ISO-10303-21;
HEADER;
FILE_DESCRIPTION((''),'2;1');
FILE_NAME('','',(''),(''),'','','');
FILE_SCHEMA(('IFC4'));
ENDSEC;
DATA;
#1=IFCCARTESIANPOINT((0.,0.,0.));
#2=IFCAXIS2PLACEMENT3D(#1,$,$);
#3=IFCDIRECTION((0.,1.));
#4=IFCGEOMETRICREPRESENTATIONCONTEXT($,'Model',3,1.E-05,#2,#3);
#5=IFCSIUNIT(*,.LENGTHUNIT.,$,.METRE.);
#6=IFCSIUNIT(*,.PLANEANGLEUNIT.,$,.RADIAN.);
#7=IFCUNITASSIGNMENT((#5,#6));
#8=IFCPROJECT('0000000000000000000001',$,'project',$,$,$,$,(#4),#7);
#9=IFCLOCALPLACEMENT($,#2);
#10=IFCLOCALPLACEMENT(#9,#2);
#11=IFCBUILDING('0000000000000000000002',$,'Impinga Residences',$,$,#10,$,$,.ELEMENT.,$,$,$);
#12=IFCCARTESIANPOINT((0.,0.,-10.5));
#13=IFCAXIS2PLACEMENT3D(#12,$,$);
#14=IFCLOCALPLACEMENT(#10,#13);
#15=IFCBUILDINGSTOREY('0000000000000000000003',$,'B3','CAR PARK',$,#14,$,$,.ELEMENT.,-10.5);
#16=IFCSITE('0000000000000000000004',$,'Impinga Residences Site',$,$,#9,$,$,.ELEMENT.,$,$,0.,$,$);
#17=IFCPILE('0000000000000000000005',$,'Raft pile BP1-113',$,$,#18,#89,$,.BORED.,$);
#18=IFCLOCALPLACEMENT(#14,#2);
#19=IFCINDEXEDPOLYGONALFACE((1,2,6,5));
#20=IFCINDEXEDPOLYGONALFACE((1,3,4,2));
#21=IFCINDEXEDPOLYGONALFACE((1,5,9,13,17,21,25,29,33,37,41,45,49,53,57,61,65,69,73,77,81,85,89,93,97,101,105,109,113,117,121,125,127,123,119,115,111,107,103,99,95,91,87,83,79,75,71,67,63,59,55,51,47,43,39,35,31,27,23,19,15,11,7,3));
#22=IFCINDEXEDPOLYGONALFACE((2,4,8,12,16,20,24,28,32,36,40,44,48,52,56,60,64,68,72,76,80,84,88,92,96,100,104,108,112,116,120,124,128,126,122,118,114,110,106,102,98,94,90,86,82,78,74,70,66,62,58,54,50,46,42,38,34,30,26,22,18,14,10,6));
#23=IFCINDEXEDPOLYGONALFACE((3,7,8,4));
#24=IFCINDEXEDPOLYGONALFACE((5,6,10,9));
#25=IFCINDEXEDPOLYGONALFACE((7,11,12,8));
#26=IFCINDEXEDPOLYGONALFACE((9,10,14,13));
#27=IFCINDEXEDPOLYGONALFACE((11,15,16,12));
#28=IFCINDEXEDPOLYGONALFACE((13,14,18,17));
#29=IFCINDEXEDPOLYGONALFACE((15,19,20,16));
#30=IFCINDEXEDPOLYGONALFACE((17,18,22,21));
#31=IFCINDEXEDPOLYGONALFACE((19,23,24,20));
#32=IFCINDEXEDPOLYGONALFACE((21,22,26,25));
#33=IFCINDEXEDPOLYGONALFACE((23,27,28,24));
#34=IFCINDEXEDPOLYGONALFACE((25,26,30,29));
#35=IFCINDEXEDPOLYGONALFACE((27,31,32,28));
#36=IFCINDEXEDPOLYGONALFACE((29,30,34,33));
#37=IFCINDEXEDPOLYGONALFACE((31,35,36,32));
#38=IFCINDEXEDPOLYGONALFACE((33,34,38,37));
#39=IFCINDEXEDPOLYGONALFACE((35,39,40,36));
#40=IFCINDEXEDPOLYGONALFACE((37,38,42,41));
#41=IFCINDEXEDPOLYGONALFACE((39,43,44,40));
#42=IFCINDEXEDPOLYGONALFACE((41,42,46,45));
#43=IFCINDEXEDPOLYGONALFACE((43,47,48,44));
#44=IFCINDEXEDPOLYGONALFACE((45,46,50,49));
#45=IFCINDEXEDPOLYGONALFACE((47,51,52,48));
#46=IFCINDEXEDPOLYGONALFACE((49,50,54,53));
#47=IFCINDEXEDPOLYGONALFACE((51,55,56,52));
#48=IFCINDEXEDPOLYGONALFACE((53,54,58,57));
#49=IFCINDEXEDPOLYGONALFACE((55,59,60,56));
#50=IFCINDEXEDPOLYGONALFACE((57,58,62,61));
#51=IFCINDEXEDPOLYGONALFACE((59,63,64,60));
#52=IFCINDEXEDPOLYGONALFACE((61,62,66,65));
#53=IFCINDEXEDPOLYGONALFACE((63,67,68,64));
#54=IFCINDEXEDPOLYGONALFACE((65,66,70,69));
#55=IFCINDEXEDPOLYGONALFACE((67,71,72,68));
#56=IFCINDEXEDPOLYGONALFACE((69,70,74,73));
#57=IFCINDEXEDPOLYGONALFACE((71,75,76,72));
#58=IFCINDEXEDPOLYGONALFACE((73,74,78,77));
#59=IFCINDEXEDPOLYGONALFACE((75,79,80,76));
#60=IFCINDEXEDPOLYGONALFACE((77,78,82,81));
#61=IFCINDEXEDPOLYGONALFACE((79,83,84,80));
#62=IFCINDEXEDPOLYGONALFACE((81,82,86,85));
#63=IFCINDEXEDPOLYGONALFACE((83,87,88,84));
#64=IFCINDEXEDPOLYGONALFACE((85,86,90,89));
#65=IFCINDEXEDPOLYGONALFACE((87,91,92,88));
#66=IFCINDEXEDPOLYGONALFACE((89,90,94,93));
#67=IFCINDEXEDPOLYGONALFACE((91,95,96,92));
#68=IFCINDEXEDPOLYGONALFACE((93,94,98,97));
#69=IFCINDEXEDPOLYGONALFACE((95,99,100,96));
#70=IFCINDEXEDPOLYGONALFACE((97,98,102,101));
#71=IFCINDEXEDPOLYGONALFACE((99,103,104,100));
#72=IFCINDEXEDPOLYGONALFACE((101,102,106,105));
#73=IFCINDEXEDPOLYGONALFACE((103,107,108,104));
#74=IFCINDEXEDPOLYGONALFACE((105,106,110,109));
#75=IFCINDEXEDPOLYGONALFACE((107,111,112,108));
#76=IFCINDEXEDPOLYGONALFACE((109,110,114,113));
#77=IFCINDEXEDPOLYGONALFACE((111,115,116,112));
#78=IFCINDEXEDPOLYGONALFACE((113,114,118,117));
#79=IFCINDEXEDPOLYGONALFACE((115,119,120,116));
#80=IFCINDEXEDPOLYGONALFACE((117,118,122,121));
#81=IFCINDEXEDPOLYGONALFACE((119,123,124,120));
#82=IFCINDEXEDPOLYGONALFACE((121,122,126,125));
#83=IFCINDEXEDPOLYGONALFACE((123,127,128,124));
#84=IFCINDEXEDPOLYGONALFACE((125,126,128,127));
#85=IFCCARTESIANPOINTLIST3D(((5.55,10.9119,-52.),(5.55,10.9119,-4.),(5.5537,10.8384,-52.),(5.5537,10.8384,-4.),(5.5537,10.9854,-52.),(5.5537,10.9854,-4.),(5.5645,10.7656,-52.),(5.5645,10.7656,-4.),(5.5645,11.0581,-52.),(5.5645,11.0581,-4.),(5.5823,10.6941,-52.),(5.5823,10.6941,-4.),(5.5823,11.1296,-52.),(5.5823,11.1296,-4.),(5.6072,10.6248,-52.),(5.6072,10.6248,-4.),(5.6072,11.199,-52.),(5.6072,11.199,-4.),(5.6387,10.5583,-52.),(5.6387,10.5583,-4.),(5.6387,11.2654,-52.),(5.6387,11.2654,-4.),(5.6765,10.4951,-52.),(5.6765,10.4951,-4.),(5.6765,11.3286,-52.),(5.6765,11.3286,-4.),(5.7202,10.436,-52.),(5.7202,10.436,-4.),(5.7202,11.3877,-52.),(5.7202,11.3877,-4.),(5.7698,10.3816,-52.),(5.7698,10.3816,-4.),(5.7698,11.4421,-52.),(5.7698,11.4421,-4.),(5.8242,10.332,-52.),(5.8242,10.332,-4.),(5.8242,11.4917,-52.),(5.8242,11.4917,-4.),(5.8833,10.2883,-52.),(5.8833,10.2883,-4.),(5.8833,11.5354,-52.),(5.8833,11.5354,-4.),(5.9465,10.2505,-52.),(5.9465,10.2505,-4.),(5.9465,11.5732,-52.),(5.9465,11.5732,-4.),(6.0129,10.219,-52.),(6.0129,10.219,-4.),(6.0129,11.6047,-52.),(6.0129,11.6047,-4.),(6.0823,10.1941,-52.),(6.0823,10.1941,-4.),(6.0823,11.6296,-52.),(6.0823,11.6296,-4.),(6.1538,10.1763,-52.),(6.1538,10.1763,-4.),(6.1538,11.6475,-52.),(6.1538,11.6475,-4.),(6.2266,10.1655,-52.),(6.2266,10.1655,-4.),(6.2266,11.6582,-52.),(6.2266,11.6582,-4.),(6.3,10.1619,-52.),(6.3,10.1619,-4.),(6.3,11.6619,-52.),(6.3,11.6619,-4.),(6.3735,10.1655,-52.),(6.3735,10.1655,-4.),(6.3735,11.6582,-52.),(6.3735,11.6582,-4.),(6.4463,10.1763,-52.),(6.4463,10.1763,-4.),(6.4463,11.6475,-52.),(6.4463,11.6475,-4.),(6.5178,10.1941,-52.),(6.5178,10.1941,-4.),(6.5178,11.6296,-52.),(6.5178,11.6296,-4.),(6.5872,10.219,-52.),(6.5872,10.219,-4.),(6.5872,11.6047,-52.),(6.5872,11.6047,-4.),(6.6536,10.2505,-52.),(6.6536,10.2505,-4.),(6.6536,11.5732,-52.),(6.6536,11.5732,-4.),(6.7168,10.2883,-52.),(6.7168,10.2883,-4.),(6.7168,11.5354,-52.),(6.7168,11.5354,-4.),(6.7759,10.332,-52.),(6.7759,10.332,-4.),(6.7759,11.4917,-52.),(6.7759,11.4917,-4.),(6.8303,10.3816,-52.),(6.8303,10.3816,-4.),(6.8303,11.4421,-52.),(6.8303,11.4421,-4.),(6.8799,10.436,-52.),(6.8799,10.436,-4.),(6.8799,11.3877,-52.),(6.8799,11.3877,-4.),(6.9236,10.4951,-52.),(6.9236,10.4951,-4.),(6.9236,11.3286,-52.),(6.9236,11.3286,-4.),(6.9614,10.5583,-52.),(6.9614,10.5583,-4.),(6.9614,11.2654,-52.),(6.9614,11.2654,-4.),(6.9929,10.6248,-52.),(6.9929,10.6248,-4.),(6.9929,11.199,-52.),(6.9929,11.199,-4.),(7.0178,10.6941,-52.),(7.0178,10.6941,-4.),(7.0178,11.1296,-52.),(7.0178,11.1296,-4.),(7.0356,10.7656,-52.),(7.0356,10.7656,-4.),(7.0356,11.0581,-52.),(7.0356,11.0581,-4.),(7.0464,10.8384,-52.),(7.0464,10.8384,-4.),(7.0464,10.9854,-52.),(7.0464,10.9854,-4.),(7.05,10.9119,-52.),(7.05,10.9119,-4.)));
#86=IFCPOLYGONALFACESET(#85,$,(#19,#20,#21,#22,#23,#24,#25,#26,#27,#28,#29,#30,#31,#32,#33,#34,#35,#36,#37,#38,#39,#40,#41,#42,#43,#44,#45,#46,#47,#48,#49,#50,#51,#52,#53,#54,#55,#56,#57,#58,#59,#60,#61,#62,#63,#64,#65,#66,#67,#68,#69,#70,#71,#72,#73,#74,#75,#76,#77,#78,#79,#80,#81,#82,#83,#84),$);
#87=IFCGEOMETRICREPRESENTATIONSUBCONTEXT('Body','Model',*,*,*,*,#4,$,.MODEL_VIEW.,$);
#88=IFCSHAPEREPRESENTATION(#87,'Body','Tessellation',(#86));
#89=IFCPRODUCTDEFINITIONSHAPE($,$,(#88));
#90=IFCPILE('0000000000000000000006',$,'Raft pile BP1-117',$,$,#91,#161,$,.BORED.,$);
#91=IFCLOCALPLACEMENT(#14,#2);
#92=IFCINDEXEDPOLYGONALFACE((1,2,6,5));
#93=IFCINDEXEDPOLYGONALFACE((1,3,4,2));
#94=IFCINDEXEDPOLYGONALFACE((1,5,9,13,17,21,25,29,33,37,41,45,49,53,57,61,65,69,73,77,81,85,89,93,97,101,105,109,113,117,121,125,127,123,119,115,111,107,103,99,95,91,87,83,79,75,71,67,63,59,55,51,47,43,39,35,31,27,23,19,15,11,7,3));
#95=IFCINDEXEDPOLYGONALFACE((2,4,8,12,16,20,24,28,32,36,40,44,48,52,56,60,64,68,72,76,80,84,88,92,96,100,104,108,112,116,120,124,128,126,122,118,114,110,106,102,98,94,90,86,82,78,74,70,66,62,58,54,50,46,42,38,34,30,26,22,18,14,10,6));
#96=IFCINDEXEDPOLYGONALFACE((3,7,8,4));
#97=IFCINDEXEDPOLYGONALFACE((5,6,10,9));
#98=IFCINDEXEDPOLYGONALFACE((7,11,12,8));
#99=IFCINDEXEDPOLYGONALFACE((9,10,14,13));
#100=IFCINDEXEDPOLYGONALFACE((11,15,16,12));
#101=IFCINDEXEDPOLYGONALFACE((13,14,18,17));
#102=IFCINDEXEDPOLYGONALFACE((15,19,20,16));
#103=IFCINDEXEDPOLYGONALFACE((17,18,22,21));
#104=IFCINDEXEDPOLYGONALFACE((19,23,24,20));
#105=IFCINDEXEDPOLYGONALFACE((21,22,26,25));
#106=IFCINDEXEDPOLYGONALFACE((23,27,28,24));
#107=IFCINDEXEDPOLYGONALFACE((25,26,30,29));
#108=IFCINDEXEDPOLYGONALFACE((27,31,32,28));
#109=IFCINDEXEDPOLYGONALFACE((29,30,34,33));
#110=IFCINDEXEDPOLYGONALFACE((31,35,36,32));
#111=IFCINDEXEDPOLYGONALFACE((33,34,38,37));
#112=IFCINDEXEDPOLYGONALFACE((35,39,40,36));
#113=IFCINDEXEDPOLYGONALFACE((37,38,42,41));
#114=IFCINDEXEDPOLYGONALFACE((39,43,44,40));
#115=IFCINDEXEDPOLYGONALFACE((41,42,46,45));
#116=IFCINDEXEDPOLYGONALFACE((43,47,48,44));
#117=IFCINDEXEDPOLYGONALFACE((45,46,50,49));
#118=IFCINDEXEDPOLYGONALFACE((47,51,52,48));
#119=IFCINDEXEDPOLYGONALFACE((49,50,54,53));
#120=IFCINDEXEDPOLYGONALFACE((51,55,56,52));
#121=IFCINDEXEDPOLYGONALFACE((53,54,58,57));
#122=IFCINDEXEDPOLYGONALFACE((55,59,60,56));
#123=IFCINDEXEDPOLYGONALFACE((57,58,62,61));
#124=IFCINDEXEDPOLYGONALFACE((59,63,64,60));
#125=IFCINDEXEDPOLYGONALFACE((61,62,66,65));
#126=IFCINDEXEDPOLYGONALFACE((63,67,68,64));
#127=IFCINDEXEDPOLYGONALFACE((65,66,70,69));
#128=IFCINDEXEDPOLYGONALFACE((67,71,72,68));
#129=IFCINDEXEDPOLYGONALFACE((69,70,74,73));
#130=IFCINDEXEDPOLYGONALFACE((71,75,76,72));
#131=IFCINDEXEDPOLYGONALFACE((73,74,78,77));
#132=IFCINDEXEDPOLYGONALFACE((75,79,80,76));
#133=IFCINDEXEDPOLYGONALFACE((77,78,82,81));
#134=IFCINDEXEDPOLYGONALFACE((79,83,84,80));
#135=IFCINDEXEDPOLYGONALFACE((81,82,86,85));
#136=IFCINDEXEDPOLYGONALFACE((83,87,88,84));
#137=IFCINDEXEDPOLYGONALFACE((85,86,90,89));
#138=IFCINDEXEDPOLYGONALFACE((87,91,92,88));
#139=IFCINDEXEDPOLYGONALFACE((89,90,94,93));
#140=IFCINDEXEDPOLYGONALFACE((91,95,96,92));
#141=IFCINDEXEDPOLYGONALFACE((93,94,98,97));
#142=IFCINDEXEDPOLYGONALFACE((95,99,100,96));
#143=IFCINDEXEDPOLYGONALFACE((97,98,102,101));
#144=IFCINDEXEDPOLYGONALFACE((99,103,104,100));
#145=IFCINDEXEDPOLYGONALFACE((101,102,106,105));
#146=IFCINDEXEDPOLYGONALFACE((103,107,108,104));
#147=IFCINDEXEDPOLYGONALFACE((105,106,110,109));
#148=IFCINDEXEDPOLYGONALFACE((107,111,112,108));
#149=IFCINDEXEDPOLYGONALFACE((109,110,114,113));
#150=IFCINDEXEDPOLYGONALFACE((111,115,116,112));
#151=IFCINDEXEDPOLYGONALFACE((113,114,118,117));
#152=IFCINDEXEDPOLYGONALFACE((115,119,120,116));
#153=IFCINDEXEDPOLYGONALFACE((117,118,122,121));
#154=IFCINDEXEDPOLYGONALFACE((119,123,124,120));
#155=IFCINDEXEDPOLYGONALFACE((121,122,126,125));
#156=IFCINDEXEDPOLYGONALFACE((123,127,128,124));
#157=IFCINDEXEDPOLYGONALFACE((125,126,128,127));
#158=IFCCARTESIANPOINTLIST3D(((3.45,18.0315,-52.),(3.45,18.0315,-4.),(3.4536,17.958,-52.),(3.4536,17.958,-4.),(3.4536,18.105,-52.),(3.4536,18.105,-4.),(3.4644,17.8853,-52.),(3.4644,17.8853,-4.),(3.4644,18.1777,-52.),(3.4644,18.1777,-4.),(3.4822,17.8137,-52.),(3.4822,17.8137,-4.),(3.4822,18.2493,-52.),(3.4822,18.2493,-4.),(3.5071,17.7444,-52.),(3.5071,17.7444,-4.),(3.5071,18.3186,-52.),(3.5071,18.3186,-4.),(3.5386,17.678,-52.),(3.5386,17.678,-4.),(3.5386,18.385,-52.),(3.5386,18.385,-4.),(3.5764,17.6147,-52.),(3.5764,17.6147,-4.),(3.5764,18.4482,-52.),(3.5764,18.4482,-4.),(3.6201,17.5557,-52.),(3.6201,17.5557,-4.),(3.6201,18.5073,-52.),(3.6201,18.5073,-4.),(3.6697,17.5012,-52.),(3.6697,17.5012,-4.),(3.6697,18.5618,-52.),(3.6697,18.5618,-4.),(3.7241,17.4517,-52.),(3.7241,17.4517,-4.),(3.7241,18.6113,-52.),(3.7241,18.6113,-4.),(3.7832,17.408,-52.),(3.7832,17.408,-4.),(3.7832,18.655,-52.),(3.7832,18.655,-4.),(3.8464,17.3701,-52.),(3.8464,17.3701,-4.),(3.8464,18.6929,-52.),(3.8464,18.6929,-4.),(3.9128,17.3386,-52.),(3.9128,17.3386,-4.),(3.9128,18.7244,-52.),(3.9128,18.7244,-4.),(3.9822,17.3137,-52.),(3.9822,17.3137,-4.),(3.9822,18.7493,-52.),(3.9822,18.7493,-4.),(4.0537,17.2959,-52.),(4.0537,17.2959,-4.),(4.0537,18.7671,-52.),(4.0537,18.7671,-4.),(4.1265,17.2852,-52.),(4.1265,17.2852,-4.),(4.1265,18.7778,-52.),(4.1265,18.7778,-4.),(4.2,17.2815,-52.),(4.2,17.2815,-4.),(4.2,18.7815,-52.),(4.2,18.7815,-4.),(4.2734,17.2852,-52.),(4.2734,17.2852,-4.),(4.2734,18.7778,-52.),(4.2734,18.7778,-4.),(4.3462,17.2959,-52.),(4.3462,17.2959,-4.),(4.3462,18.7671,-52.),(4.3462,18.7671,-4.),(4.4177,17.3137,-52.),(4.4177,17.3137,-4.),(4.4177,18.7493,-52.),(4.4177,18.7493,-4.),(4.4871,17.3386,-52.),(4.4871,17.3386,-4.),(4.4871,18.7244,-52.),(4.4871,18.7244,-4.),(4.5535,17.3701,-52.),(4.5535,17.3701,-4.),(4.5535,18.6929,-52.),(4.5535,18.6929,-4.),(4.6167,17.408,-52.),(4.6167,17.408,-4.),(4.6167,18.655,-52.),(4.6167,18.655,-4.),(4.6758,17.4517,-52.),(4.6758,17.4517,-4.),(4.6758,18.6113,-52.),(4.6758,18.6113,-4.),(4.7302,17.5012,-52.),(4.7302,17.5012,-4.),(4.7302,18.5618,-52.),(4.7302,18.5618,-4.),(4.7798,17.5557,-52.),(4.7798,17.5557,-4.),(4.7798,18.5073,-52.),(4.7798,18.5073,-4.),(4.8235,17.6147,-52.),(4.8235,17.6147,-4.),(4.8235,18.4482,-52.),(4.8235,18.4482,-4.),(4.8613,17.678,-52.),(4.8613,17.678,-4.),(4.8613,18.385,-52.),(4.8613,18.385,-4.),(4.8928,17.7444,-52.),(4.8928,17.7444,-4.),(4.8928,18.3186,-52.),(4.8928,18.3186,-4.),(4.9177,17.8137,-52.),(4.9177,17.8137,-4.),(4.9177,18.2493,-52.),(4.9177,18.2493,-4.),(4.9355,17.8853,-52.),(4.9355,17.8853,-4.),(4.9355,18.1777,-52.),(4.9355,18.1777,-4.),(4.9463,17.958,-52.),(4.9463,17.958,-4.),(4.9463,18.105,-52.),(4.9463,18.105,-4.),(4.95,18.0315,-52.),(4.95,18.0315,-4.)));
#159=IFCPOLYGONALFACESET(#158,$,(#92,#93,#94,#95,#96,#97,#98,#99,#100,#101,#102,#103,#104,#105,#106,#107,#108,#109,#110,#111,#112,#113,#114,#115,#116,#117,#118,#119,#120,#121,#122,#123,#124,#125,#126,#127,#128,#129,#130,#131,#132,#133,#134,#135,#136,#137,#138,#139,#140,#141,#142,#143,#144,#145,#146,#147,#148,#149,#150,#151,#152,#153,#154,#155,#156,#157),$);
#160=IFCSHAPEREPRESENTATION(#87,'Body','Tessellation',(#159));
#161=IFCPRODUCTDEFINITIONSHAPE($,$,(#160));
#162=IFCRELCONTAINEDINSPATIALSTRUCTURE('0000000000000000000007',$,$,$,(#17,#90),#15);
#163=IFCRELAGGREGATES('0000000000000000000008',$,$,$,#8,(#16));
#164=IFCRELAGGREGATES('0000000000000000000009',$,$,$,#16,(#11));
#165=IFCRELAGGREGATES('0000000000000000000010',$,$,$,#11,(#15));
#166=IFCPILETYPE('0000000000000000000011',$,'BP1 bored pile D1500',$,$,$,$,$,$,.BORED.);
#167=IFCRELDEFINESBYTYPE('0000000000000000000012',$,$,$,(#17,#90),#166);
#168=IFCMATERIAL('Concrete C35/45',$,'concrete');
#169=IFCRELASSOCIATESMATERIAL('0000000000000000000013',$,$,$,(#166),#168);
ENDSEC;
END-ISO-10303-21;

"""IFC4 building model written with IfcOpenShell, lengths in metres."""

from ifc_helpers import new_model, si_unit, direction, frame, origin, origin_2d, place, context, subcontext, project, spatial, polyline, circle, outline, extrude, material, material_profile, profile_set, type_object, element, save


model = new_model("IFC4")

# Units and contexts
model_context = context("Model", 3, precision=1e-05, world=origin(), true_north=direction((0.0, 1.0)))
body_context = subcontext(model_context, "Body", "Model", "MODEL_VIEW")
ifc_project = project(units=[si_unit("LENGTHUNIT", "METRE"), si_unit("PLANEANGLEUNIT", "RADIAN")], contexts=[model_context])

# Site, building, storey
site_placement = place(None, origin())
site = spatial("IfcSite", under=ifc_project, at=site_placement, Name="Impinga Residences Site", CompositionType="ELEMENT", RefElevation=0.0)
building_placement = place(site_placement, origin())
building = spatial("IfcBuilding", under=site, at=building_placement, Name="Impinga Residences", CompositionType="ELEMENT")
storey_placement = place(building_placement, frame((0.0, 0.0, -10.5)))
storey = spatial("IfcBuildingStorey", under=building, at=storey_placement, Name="B3", Description="CAR PARK", CompositionType="ELEMENT", Elevation=-10.5)

# Piles
ifc_material_1 = material(Name="Concrete C35/45", Category="concrete")
ifc_material_profile = material_profile(ifc_material_1, circle(Radius=0.75, at=origin_2d()), Name="D1500")
ifc_profile_set = profile_set([ifc_material_profile], Name="Concrete C35/45")
pile_type = type_object("IfcPileType", Name="BP1 bored pile D1500", PredefinedType="BORED", material=ifc_profile_set)
pile_1_placement = place(storey_placement, frame((6.3, 10.9119, -4.0), z_axis=(0.0, 0.0, -1.0), x_axis=(1.0, 0.0, 0.0)))
element("IfcPile", 1, at=pile_1_placement, inside=storey, type_object=pile_type, Name="Raft pile BP1-113", PredefinedType="BORED", context=body_context, shape_type="SweptSolid", body=[
    extrude(outline(polyline([(0.75, 0.0), (0.7463, 0.0735), (0.7356, 0.1462), (0.7178, 0.2178), (0.6929, 0.2871), (0.6614, 0.3535), (0.6235, 0.4167), (0.5798, 0.4758), (0.5303, 0.5303), (0.4758, 0.5798), (0.4167, 0.6235), (0.3535, 0.6614), (0.2871, 0.6929), (0.2178, 0.7178), (0.1462, 0.7356), (0.0735, 0.7463), (0.0, 0.75), (-0.0735, 0.7463), (-0.1462, 0.7356), (-0.2178, 0.7178), (-0.2871, 0.6929), (-0.3535, 0.6614), (-0.4167, 0.6235), (-0.4758, 0.5798), (-0.5303, 0.5303), (-0.5798, 0.4758), (-0.6235, 0.4167), (-0.6614, 0.3535), (-0.6929, 0.2871), (-0.7178, 0.2178), (-0.7356, 0.1462), (-0.7463, 0.0735), (-0.75, 0.0), (-0.7463, -0.0735), (-0.7356, -0.1462), (-0.7178, -0.2178), (-0.6929, -0.2871), (-0.6614, -0.3535), (-0.6235, -0.4167), (-0.5798, -0.4758), (-0.5303, -0.5303), (-0.4758, -0.5798), (-0.4167, -0.6235), (-0.3535, -0.6614), (-0.2871, -0.6929), (-0.2178, -0.7178), (-0.1462, -0.7356), (-0.0735, -0.7463), (0.0, -0.75), (0.0735, -0.7463), (0.1462, -0.7356), (0.2178, -0.7178), (0.2871, -0.6929), (0.3535, -0.6614), (0.4167, -0.6235), (0.4758, -0.5798), (0.5303, -0.5303), (0.5798, -0.4758), (0.6235, -0.4167), (0.6614, -0.3535), (0.6929, -0.2871), (0.7178, -0.2178), (0.7356, -0.1462), (0.7463, -0.0735), (0.75, 0.0)])), origin(), (0.0, 0.0, 1.0), 48.0),
])
pile_2_placement = place(storey_placement, frame((4.2, 18.0315, -4.0), z_axis=(0.0, 0.0, -1.0), x_axis=(1.0, 0.0, 0.0)))
element("IfcPile", 2, at=pile_2_placement, inside=storey, type_object=pile_type, Name="Raft pile BP1-117", PredefinedType="BORED", context=body_context, shape_type="SweptSolid", body=[
    extrude(outline(polyline([(0.75, 0.0), (0.7463, 0.0735), (0.7356, 0.1462), (0.7178, 0.2178), (0.6929, 0.2871), (0.6614, 0.3535), (0.6235, 0.4167), (0.5798, 0.4758), (0.5303, 0.5303), (0.4758, 0.5798), (0.4167, 0.6235), (0.3535, 0.6614), (0.2871, 0.6929), (0.2178, 0.7178), (0.1462, 0.7356), (0.0735, 0.7463), (0.0, 0.75), (-0.0735, 0.7463), (-0.1462, 0.7356), (-0.2178, 0.7178), (-0.2871, 0.6929), (-0.3535, 0.6614), (-0.4167, 0.6235), (-0.4758, 0.5798), (-0.5303, 0.5303), (-0.5798, 0.4758), (-0.6235, 0.4167), (-0.6614, 0.3535), (-0.6929, 0.2871), (-0.7178, 0.2178), (-0.7356, 0.1462), (-0.7463, 0.0735), (-0.75, 0.0), (-0.7463, -0.0735), (-0.7356, -0.1462), (-0.7178, -0.2178), (-0.6929, -0.2871), (-0.6614, -0.3535), (-0.6235, -0.4167), (-0.5798, -0.4758), (-0.5303, -0.5303), (-0.4758, -0.5798), (-0.4167, -0.6235), (-0.3535, -0.6614), (-0.2871, -0.6929), (-0.2178, -0.7178), (-0.1462, -0.7356), (-0.0735, -0.7463), (0.0, -0.75), (0.0735, -0.7463), (0.1462, -0.7356), (0.2178, -0.7178), (0.2871, -0.6929), (0.3535, -0.6614), (0.4167, -0.6235), (0.4758, -0.5798), (0.5303, -0.5303), (0.5798, -0.4758), (0.6235, -0.4167), (0.6614, -0.3535), (0.6929, -0.2871), (0.7178, -0.2178), (0.7356, -0.1462), (0.7463, -0.0735), (0.75, 0.0)])), origin(), (0.0, 0.0, 1.0), 48.0),
])

save(model, "model.ifc")
